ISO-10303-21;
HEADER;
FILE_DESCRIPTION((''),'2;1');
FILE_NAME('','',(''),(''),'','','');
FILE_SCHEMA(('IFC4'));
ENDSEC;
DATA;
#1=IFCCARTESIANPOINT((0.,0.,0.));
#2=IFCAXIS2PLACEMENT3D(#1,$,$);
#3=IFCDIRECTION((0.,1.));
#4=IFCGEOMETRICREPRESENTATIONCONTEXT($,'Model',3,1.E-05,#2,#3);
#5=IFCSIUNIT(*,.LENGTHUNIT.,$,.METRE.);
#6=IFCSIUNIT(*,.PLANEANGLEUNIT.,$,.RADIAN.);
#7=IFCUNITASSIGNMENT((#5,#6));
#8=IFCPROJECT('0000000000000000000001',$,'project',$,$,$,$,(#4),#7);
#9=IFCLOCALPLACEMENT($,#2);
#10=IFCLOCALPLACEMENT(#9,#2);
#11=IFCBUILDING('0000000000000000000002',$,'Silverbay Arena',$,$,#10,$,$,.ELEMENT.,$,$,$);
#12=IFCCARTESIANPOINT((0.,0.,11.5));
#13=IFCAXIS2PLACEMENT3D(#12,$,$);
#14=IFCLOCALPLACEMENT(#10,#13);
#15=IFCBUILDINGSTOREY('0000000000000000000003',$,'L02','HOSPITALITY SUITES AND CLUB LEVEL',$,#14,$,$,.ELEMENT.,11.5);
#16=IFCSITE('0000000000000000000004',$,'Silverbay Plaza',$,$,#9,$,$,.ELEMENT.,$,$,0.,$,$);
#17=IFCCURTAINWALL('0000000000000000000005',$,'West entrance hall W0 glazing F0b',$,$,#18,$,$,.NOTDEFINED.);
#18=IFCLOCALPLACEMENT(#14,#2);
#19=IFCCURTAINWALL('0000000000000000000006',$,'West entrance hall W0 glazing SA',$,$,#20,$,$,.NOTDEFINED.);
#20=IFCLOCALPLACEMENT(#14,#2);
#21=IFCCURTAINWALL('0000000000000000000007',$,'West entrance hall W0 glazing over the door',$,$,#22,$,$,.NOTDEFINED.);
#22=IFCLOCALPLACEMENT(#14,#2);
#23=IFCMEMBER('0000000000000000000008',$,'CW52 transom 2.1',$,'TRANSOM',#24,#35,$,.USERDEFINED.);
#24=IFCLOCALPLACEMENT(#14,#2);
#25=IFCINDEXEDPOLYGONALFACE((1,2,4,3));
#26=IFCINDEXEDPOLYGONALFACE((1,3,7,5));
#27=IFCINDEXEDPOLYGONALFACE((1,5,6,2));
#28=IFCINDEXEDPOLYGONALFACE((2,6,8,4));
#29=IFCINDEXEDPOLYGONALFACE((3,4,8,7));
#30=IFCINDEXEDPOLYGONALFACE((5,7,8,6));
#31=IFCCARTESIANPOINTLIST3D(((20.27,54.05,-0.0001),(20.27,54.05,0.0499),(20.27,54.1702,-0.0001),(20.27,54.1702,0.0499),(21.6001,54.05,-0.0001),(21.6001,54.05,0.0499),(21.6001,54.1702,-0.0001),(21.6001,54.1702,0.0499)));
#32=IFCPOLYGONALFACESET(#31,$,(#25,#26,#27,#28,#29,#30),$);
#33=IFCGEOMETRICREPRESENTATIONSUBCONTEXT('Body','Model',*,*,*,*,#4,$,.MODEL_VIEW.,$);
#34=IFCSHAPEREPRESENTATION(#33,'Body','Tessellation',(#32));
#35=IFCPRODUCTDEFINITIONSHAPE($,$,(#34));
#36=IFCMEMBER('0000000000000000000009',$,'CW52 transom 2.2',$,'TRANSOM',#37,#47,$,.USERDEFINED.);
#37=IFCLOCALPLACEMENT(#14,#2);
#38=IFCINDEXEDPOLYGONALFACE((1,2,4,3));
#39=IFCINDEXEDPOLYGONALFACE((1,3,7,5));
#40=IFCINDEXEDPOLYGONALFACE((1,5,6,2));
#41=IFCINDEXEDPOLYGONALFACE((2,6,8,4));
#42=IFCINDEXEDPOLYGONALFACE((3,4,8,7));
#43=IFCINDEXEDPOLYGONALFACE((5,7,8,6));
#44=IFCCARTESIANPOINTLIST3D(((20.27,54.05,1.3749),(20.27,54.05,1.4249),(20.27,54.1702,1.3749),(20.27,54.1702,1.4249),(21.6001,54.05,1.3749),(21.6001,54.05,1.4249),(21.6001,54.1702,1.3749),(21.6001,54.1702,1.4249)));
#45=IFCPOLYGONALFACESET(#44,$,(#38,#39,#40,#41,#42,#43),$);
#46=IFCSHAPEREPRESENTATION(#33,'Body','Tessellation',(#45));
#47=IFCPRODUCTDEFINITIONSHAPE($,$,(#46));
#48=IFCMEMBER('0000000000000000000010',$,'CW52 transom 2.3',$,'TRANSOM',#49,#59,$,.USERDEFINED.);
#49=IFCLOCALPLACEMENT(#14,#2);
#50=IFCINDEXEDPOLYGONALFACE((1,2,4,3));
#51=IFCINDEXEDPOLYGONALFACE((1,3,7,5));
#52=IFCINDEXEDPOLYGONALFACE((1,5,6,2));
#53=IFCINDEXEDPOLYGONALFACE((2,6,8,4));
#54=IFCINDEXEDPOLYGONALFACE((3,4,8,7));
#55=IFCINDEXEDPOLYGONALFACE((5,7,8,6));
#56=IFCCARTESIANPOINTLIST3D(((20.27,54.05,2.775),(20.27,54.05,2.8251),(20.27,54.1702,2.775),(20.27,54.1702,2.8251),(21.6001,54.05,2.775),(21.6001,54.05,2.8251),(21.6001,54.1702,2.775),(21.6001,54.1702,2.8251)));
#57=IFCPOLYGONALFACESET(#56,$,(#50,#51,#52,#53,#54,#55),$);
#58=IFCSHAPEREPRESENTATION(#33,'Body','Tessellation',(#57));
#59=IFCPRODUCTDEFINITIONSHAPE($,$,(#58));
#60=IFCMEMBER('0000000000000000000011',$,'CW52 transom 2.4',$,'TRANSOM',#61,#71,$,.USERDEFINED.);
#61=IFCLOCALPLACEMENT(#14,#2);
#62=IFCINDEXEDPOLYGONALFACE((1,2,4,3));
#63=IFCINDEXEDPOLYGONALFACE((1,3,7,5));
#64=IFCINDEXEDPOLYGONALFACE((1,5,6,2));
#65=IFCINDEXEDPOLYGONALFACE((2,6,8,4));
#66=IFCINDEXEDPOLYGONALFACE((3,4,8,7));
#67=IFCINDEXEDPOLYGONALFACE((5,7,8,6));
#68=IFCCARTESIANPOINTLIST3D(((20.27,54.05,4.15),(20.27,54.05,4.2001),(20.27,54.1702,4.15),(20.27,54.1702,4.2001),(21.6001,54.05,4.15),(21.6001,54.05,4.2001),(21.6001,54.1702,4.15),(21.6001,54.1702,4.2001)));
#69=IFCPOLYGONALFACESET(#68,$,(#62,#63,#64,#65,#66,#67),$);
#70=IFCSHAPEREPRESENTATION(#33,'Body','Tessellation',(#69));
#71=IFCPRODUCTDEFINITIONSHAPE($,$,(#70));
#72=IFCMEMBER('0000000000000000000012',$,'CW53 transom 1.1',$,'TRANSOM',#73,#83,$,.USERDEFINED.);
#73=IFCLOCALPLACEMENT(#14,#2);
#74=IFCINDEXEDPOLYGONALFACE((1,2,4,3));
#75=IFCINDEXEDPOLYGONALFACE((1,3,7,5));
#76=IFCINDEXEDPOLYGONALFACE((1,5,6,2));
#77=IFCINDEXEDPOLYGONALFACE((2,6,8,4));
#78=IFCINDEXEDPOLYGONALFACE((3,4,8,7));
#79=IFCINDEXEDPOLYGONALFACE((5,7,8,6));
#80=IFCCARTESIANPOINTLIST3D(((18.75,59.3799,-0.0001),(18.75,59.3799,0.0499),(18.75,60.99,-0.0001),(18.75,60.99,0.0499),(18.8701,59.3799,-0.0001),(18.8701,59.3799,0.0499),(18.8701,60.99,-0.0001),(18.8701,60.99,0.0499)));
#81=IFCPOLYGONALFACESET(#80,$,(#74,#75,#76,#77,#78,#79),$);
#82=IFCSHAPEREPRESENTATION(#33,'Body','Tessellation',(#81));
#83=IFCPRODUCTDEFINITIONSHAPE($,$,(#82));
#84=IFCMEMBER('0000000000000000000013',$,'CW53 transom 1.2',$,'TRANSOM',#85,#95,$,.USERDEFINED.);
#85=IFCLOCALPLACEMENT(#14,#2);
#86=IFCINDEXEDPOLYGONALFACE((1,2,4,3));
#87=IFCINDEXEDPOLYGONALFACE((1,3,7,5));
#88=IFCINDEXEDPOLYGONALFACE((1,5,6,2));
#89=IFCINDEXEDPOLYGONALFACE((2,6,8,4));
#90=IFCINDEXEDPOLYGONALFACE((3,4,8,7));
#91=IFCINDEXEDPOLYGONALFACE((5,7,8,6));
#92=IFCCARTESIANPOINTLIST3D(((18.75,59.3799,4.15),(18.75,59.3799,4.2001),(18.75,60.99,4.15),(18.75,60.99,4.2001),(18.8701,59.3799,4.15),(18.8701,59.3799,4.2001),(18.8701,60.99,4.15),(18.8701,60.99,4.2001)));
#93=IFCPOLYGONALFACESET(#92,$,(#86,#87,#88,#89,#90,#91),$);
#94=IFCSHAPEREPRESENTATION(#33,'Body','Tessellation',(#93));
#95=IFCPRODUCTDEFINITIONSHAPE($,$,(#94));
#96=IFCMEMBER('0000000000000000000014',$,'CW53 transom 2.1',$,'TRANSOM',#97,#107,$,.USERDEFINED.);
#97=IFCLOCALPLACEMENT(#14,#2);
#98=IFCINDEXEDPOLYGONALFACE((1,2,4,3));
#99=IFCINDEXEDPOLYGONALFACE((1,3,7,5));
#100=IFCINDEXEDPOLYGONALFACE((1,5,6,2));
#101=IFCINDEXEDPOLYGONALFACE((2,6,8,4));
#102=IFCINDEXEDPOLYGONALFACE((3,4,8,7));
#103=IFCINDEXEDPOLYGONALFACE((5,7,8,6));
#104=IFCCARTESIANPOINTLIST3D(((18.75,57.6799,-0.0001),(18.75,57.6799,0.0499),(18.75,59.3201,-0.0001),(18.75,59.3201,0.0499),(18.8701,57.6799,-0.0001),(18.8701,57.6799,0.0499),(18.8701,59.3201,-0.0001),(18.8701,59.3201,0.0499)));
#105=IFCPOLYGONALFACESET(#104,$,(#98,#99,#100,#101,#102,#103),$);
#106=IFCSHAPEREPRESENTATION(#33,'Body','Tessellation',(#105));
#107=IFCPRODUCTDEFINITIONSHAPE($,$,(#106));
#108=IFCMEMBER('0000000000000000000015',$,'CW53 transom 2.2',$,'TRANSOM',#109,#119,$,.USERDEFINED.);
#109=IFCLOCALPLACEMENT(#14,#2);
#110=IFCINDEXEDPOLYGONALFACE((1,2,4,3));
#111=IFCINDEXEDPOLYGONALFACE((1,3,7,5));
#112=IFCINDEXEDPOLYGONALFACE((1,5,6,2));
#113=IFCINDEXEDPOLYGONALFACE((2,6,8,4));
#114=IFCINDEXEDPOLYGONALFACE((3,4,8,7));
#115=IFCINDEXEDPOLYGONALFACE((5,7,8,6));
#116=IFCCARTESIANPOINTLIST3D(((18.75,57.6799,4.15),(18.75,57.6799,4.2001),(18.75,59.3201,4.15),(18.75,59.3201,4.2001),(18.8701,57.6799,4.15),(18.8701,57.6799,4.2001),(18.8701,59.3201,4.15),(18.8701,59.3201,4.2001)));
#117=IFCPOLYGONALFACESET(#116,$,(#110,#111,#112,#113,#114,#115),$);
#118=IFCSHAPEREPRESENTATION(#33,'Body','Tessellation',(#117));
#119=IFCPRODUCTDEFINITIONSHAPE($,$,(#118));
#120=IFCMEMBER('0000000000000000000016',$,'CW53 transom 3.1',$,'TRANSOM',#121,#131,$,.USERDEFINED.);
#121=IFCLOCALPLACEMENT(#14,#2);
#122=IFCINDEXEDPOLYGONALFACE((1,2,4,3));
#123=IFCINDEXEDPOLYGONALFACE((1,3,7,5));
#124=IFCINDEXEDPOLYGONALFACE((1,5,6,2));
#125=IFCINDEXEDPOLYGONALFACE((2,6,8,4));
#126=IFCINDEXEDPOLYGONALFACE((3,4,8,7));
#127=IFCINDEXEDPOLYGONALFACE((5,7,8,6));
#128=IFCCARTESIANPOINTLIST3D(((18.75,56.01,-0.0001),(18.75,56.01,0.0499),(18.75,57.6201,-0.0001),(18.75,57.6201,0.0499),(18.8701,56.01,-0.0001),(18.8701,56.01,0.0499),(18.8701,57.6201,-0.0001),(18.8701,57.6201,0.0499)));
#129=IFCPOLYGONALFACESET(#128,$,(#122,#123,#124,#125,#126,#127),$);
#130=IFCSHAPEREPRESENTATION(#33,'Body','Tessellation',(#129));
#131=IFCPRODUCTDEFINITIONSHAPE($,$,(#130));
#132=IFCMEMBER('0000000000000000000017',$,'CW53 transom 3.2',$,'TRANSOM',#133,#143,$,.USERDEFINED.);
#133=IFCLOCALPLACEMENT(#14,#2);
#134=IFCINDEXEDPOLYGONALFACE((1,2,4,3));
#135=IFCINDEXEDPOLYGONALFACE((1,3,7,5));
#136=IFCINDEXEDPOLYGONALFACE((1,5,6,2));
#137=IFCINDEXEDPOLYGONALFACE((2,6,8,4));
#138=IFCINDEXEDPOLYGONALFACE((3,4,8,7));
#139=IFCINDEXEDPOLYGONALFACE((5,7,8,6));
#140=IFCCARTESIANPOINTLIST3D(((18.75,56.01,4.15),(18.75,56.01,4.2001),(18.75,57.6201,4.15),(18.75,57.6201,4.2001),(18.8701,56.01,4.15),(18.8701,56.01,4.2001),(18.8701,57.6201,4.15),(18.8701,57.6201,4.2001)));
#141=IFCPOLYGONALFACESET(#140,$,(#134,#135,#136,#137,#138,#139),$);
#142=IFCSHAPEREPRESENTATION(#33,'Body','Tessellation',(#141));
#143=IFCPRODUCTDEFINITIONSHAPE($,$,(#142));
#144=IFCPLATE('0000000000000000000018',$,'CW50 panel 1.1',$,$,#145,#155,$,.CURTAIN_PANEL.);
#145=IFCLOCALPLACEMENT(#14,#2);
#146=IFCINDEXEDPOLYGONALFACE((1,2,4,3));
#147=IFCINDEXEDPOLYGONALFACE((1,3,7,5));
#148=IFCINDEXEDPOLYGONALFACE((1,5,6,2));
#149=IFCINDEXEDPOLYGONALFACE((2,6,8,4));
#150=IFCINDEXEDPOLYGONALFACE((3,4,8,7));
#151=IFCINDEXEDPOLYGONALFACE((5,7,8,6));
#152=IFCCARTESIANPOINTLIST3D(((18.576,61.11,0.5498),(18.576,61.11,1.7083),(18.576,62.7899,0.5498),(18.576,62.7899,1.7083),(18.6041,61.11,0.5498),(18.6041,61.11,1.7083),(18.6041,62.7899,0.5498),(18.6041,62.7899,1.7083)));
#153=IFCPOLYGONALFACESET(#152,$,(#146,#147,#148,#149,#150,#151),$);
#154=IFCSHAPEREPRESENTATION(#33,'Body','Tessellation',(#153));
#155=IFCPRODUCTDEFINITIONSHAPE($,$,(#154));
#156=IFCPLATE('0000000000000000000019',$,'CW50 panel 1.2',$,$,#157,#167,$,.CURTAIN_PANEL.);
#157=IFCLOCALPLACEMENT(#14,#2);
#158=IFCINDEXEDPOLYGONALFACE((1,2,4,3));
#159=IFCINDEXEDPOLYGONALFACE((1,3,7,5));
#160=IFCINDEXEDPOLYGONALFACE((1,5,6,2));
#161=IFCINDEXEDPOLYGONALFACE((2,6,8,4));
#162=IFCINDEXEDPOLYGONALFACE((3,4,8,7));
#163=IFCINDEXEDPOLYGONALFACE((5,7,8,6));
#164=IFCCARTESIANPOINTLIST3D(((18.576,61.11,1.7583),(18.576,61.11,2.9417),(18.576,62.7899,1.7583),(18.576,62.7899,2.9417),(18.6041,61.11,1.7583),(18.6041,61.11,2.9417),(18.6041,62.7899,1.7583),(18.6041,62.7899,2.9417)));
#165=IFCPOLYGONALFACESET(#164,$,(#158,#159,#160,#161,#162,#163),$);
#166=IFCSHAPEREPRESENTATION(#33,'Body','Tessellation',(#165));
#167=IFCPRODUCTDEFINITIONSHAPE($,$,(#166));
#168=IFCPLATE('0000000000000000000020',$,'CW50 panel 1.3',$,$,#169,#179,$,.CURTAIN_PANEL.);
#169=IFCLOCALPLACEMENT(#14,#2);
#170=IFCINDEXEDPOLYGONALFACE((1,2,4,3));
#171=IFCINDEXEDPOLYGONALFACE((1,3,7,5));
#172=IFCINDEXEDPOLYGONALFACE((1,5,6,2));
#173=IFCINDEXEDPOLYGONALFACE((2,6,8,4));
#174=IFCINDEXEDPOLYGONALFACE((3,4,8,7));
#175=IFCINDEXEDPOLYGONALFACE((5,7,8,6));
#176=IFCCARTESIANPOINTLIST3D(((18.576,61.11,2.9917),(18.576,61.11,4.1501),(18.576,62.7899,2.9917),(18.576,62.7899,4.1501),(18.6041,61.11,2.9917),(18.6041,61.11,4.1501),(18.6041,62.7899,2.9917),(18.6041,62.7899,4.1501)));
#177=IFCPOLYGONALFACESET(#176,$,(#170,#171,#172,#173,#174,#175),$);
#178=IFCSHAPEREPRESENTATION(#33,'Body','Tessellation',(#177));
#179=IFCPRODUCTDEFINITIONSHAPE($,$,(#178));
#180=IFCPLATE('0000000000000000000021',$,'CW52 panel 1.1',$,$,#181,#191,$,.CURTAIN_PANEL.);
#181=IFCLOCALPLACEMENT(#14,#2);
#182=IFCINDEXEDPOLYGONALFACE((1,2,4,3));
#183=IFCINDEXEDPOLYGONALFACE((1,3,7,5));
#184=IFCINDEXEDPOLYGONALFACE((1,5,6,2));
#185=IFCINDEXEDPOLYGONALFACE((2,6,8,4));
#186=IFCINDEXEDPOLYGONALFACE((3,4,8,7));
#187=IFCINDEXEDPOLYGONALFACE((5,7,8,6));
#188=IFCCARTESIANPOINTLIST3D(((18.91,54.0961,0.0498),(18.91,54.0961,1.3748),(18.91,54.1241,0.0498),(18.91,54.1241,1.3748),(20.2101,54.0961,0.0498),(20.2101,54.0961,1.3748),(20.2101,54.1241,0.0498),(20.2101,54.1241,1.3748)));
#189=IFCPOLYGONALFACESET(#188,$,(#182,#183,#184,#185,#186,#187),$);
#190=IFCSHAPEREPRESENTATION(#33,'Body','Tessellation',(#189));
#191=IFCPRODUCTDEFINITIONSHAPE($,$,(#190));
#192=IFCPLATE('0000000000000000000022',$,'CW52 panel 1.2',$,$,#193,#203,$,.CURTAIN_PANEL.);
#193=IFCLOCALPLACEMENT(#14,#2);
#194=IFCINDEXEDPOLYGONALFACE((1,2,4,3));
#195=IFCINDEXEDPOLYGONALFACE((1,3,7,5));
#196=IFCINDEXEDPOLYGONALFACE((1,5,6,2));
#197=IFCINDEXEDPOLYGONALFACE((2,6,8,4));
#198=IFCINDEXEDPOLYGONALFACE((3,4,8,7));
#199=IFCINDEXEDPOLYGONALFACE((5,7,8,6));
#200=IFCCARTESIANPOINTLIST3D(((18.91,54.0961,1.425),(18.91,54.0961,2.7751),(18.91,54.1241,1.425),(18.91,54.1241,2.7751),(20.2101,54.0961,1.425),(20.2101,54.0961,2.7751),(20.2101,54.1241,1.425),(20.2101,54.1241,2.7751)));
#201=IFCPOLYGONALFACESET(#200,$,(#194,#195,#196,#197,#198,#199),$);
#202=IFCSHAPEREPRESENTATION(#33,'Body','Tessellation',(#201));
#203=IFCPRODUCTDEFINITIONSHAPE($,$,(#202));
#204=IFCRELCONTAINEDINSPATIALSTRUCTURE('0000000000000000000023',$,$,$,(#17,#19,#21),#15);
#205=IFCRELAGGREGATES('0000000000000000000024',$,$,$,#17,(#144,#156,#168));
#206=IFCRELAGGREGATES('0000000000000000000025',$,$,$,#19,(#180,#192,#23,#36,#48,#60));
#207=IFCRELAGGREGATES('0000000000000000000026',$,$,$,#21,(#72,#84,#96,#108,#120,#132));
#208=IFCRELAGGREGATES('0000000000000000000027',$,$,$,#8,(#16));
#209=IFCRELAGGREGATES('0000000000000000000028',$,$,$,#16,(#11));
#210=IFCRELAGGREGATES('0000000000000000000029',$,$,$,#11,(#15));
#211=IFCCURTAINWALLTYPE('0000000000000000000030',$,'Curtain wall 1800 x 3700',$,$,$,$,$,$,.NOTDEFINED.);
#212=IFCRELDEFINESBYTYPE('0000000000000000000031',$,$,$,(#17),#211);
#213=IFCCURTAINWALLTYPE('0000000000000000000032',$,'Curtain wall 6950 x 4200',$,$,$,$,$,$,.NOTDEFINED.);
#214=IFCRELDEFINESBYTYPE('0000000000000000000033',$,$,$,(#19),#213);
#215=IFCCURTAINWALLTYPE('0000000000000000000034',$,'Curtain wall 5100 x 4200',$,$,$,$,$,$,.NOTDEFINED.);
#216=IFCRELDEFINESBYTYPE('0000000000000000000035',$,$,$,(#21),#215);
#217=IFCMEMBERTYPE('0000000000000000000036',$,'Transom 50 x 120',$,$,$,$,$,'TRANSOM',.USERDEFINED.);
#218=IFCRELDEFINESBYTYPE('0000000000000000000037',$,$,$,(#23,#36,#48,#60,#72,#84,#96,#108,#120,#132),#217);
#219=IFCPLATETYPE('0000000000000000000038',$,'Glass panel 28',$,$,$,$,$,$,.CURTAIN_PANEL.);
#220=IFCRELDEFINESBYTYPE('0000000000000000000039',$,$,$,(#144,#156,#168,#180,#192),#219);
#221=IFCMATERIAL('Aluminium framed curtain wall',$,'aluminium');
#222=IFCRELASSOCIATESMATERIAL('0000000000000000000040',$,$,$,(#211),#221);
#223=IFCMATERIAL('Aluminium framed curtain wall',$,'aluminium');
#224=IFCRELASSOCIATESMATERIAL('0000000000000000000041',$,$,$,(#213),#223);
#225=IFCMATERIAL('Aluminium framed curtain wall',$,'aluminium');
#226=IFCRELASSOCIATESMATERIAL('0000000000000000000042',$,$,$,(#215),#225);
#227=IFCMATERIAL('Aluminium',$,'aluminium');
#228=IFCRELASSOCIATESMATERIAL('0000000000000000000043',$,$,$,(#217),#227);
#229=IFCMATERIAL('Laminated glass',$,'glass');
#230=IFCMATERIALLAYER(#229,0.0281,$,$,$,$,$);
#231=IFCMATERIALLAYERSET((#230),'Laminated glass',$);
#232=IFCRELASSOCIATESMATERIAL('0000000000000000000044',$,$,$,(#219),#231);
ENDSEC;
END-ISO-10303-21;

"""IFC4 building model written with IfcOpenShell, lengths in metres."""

from ifc_helpers import new_model, si_unit, direction, frame, origin, origin_2d, place, context, subcontext, project, spatial, rectangle, extrude, material, layer, layer_set, material_profile, profile_set, type_object, element, aggregate, save


model = new_model("IFC4")

# Units and contexts
model_context = context("Model", 3, precision=1e-05, world=origin(), true_north=direction((0.0, 1.0)))
body_context = subcontext(model_context, "Body", "Model", "MODEL_VIEW")
ifc_project = project(units=[si_unit("LENGTHUNIT", "METRE"), si_unit("PLANEANGLEUNIT", "RADIAN")], contexts=[model_context])

# Site, building, storey
site_placement = place(None, origin())
site = spatial("IfcSite", under=ifc_project, at=site_placement, Name="Silverbay Plaza", CompositionType="ELEMENT", RefElevation=0.0)
building_placement = place(site_placement, origin())
building = spatial("IfcBuilding", under=site, at=building_placement, Name="Silverbay Arena", CompositionType="ELEMENT")
storey_placement = place(building_placement, frame((0.0, 0.0, 11.5)))
storey = spatial("IfcBuildingStorey", under=building, at=storey_placement, Name="L02", Description="HOSPITALITY SUITES AND CLUB LEVEL", CompositionType="ELEMENT", Elevation=11.5)

# Curtain wall
ifc_material_1 = material(Name="Aluminium framed curtain wall", Category="aluminium")
curtain_wall_type_1 = type_object("IfcCurtainWallType", Name="Curtain wall 1800 x 3700", PredefinedType="NOTDEFINED", material=ifc_material_1)
curtain_wall_1_placement = place(storey_placement, origin())
curtain_wall_1 = element("IfcCurtainWall", 1, at=curtain_wall_1_placement, inside=storey, type_object=curtain_wall_type_1, Name="West entrance hall W0 glazing F0b", PredefinedType="NOTDEFINED")

# Curtain walls
ifc_material_2 = material(Name="Aluminium framed curtain wall", Category="aluminium")
curtain_wall_type_2 = type_object("IfcCurtainWallType", Name="Curtain wall 6950 x 4200", PredefinedType="NOTDEFINED", material=ifc_material_2)
curtain_wall_2_placement = place(storey_placement, origin())
curtain_wall_2 = element("IfcCurtainWall", 2, at=curtain_wall_2_placement, inside=storey, type_object=curtain_wall_type_2, Name="West entrance hall W0 glazing SA", PredefinedType="NOTDEFINED")
ifc_material_3 = material(Name="Aluminium framed curtain wall", Category="aluminium")
curtain_wall_type_3 = type_object("IfcCurtainWallType", Name="Curtain wall 5100 x 4200", PredefinedType="NOTDEFINED", material=ifc_material_3)
curtain_wall_3_placement = place(storey_placement, origin())
curtain_wall_3 = element("IfcCurtainWall", 3, at=curtain_wall_3_placement, inside=storey, type_object=curtain_wall_type_3, Name="West entrance hall W0 glazing over the door", PredefinedType="NOTDEFINED")

# Members
ifc_material_4 = material(Name="Aluminium", Category="aluminium")
ifc_material_profile_1 = material_profile(ifc_material_4, rectangle(XDim=0.1201, YDim=0.05, at=origin_2d()), Name="Transom 50 x 120")
ifc_profile_set_1 = profile_set([ifc_material_profile_1], Name="Aluminium")
member_type_1 = type_object("IfcMemberType", Name="Transom 50 x 120", ElementType="TRANSOM", PredefinedType="USERDEFINED", material=ifc_profile_set_1)
member_1_placement = place(storey_placement, frame((20.27, 54.1101, 0.0249), z_axis=(1.0, 0.0, 0.0), x_axis=(0.0, 1.0, 0.0)))
member_1 = element("IfcMember", 4, at=member_1_placement, type_object=member_type_1, Name="CW52 transom 2.1", ObjectType="TRANSOM", PredefinedType="USERDEFINED", context=body_context, shape_type="SweptSolid", body=[
    extrude(rectangle(XDim=0.1201, YDim=0.05, at=origin_2d()), origin(), (0.0, 0.0, 1.0), 1.3301),
])
member_2_placement = place(storey_placement, frame((20.27, 54.1101, 1.3999), z_axis=(1.0, 0.0, 0.0), x_axis=(0.0, 1.0, 0.0)))
member_2 = element("IfcMember", 5, at=member_2_placement, type_object=member_type_1, Name="CW52 transom 2.2", ObjectType="TRANSOM", PredefinedType="USERDEFINED", context=body_context, shape_type="SweptSolid", body=[
    extrude(rectangle(XDim=0.1201, YDim=0.05, at=origin_2d()), origin(), (0.0, 0.0, 1.0), 1.3301),
])
member_3_placement = place(storey_placement, frame((20.27, 54.1101, 2.8), z_axis=(1.0, 0.0, 0.0), x_axis=(0.0, 1.0, 0.0)))
member_3 = element("IfcMember", 6, at=member_3_placement, type_object=member_type_1, Name="CW52 transom 2.3", ObjectType="TRANSOM", PredefinedType="USERDEFINED", context=body_context, shape_type="SweptSolid", body=[
    extrude(rectangle(XDim=0.1201, YDim=0.05, at=origin_2d()), origin(), (0.0, 0.0, 1.0), 1.3301),
])
member_4_placement = place(storey_placement, frame((20.27, 54.1101, 4.175), z_axis=(1.0, 0.0, 0.0), x_axis=(0.0, 1.0, 0.0)))
member_4 = element("IfcMember", 7, at=member_4_placement, type_object=member_type_1, Name="CW52 transom 2.4", ObjectType="TRANSOM", PredefinedType="USERDEFINED", context=body_context, shape_type="SweptSolid", body=[
    extrude(rectangle(XDim=0.1201, YDim=0.05, at=origin_2d()), origin(), (0.0, 0.0, 1.0), 1.3301),
])
member_5_placement = place(storey_placement, frame((18.8101, 60.99, 0.0249), z_axis=(0.0, -1.0, 0.0), x_axis=(1.0, 0.0, 0.0)))
member_5 = element("IfcMember", 8, at=member_5_placement, type_object=member_type_1, Name="CW53 transom 1.1", ObjectType="TRANSOM", PredefinedType="USERDEFINED", context=body_context, shape_type="SweptSolid", body=[
    extrude(rectangle(XDim=0.1201, YDim=0.05, at=origin_2d()), origin(), (0.0, 0.0, 1.0), 1.6101),
])
member_6_placement = place(storey_placement, frame((18.8101, 60.99, 4.175), z_axis=(0.0, -1.0, 0.0), x_axis=(1.0, 0.0, 0.0)))
member_6 = element("IfcMember", 9, at=member_6_placement, type_object=member_type_1, Name="CW53 transom 1.2", ObjectType="TRANSOM", PredefinedType="USERDEFINED", context=body_context, shape_type="SweptSolid", body=[
    extrude(rectangle(XDim=0.1201, YDim=0.05, at=origin_2d()), origin(), (0.0, 0.0, 1.0), 1.6101),
])
member_7_placement = place(storey_placement, frame((18.8101, 59.3201, 0.0249), z_axis=(0.0, -1.0, 0.0), x_axis=(1.0, 0.0, 0.0)))
member_7 = element("IfcMember", 10, at=member_7_placement, type_object=member_type_1, Name="CW53 transom 2.1", ObjectType="TRANSOM", PredefinedType="USERDEFINED", context=body_context, shape_type="SweptSolid", body=[
    extrude(rectangle(XDim=0.1201, YDim=0.05, at=origin_2d()), origin(), (0.0, 0.0, 1.0), 1.6401),
])
member_8_placement = place(storey_placement, frame((18.8101, 59.3201, 4.175), z_axis=(0.0, -1.0, 0.0), x_axis=(1.0, 0.0, 0.0)))
member_8 = element("IfcMember", 11, at=member_8_placement, type_object=member_type_1, Name="CW53 transom 2.2", ObjectType="TRANSOM", PredefinedType="USERDEFINED", context=body_context, shape_type="SweptSolid", body=[
    extrude(rectangle(XDim=0.1201, YDim=0.05, at=origin_2d()), origin(), (0.0, 0.0, 1.0), 1.6401),
])
member_9_placement = place(storey_placement, frame((18.8101, 57.6201, 0.0249), z_axis=(0.0, -1.0, 0.0), x_axis=(1.0, 0.0, 0.0)))
member_9 = element("IfcMember", 12, at=member_9_placement, type_object=member_type_1, Name="CW53 transom 3.1", ObjectType="TRANSOM", PredefinedType="USERDEFINED", context=body_context, shape_type="SweptSolid", body=[
    extrude(rectangle(XDim=0.1201, YDim=0.05, at=origin_2d()), origin(), (0.0, 0.0, 1.0), 1.6101),
])
member_10_placement = place(storey_placement, frame((18.8101, 57.6201, 4.175), z_axis=(0.0, -1.0, 0.0), x_axis=(1.0, 0.0, 0.0)))
member_10 = element("IfcMember", 13, at=member_10_placement, type_object=member_type_1, Name="CW53 transom 3.2", ObjectType="TRANSOM", PredefinedType="USERDEFINED", context=body_context, shape_type="SweptSolid", body=[
    extrude(rectangle(XDim=0.1201, YDim=0.05, at=origin_2d()), origin(), (0.0, 0.0, 1.0), 1.6101),
])

# Plates
ifc_material_5 = material(Name="Laminated glass", Category="glass")
ifc_layer = layer(ifc_material_5, 0.0281)
ifc_layer_set = layer_set([ifc_layer], Name="Laminated glass")
plate_type = type_object("IfcPlateType", Name="Glass panel 28", PredefinedType="CURTAIN_PANEL", material=ifc_layer_set)
plate_1_placement = place(storey_placement, frame((18.5901, 61.95, 0.5498), z_axis=(0.0, 0.0, 1.0), x_axis=(0.0, 1.0, 0.0)))
plate_1 = element("IfcPlate", 14, at=plate_1_placement, type_object=plate_type, Name="CW50 panel 1.1", PredefinedType="CURTAIN_PANEL", context=body_context, shape_type="SweptSolid", body=[
    extrude(rectangle(XDim=1.6799, YDim=0.0281, at=origin_2d()), origin(), (0.0, 0.0, 1.0), 1.1584),
])
plate_2_placement = place(storey_placement, frame((18.5901, 61.95, 1.7583), z_axis=(0.0, 0.0, 1.0), x_axis=(0.0, 1.0, 0.0)))
plate_2 = element("IfcPlate", 15, at=plate_2_placement, type_object=plate_type, Name="CW50 panel 1.2", PredefinedType="CURTAIN_PANEL", context=body_context, shape_type="SweptSolid", body=[
    extrude(rectangle(XDim=1.6799, YDim=0.0281, at=origin_2d()), origin(), (0.0, 0.0, 1.0), 1.1833),
])
plate_3_placement = place(storey_placement, frame((18.5901, 61.95, 2.9917), z_axis=(0.0, 0.0, 1.0), x_axis=(0.0, 1.0, 0.0)))
plate_3 = element("IfcPlate", 16, at=plate_3_placement, type_object=plate_type, Name="CW50 panel 1.3", PredefinedType="CURTAIN_PANEL", context=body_context, shape_type="SweptSolid", body=[
    extrude(rectangle(XDim=1.6799, YDim=0.0281, at=origin_2d()), origin(), (0.0, 0.0, 1.0), 1.1584),
])
aggregate(curtain_wall_1, [plate_1, plate_2, plate_3])
plate_4_placement = place(storey_placement, frame((19.5601, 54.1101, 0.0498), z_axis=(0.0, 0.0, 1.0), x_axis=(1.0, 0.0, 0.0)))
plate_4 = element("IfcPlate", 17, at=plate_4_placement, type_object=plate_type, Name="CW52 panel 1.1", PredefinedType="CURTAIN_PANEL", context=body_context, shape_type="SweptSolid", body=[
    extrude(rectangle(XDim=1.3, YDim=0.0281, at=origin_2d()), origin(), (0.0, 0.0, 1.0), 1.325),
])
plate_5_placement = place(storey_placement, frame((19.5601, 54.1101, 1.425), z_axis=(0.0, 0.0, 1.0), x_axis=(1.0, 0.0, 0.0)))
plate_5 = element("IfcPlate", 18, at=plate_5_placement, type_object=plate_type, Name="CW52 panel 1.2", PredefinedType="CURTAIN_PANEL", context=body_context, shape_type="SweptSolid", body=[
    extrude(rectangle(XDim=1.3, YDim=0.0281, at=origin_2d()), origin(), (0.0, 0.0, 1.0), 1.3501),
])
aggregate(curtain_wall_2, [plate_4, plate_5, member_1, member_2, member_3, member_4])
aggregate(curtain_wall_3, [member_5, member_6, member_7, member_8, member_9, member_10])

save(model, "model.ifc")
